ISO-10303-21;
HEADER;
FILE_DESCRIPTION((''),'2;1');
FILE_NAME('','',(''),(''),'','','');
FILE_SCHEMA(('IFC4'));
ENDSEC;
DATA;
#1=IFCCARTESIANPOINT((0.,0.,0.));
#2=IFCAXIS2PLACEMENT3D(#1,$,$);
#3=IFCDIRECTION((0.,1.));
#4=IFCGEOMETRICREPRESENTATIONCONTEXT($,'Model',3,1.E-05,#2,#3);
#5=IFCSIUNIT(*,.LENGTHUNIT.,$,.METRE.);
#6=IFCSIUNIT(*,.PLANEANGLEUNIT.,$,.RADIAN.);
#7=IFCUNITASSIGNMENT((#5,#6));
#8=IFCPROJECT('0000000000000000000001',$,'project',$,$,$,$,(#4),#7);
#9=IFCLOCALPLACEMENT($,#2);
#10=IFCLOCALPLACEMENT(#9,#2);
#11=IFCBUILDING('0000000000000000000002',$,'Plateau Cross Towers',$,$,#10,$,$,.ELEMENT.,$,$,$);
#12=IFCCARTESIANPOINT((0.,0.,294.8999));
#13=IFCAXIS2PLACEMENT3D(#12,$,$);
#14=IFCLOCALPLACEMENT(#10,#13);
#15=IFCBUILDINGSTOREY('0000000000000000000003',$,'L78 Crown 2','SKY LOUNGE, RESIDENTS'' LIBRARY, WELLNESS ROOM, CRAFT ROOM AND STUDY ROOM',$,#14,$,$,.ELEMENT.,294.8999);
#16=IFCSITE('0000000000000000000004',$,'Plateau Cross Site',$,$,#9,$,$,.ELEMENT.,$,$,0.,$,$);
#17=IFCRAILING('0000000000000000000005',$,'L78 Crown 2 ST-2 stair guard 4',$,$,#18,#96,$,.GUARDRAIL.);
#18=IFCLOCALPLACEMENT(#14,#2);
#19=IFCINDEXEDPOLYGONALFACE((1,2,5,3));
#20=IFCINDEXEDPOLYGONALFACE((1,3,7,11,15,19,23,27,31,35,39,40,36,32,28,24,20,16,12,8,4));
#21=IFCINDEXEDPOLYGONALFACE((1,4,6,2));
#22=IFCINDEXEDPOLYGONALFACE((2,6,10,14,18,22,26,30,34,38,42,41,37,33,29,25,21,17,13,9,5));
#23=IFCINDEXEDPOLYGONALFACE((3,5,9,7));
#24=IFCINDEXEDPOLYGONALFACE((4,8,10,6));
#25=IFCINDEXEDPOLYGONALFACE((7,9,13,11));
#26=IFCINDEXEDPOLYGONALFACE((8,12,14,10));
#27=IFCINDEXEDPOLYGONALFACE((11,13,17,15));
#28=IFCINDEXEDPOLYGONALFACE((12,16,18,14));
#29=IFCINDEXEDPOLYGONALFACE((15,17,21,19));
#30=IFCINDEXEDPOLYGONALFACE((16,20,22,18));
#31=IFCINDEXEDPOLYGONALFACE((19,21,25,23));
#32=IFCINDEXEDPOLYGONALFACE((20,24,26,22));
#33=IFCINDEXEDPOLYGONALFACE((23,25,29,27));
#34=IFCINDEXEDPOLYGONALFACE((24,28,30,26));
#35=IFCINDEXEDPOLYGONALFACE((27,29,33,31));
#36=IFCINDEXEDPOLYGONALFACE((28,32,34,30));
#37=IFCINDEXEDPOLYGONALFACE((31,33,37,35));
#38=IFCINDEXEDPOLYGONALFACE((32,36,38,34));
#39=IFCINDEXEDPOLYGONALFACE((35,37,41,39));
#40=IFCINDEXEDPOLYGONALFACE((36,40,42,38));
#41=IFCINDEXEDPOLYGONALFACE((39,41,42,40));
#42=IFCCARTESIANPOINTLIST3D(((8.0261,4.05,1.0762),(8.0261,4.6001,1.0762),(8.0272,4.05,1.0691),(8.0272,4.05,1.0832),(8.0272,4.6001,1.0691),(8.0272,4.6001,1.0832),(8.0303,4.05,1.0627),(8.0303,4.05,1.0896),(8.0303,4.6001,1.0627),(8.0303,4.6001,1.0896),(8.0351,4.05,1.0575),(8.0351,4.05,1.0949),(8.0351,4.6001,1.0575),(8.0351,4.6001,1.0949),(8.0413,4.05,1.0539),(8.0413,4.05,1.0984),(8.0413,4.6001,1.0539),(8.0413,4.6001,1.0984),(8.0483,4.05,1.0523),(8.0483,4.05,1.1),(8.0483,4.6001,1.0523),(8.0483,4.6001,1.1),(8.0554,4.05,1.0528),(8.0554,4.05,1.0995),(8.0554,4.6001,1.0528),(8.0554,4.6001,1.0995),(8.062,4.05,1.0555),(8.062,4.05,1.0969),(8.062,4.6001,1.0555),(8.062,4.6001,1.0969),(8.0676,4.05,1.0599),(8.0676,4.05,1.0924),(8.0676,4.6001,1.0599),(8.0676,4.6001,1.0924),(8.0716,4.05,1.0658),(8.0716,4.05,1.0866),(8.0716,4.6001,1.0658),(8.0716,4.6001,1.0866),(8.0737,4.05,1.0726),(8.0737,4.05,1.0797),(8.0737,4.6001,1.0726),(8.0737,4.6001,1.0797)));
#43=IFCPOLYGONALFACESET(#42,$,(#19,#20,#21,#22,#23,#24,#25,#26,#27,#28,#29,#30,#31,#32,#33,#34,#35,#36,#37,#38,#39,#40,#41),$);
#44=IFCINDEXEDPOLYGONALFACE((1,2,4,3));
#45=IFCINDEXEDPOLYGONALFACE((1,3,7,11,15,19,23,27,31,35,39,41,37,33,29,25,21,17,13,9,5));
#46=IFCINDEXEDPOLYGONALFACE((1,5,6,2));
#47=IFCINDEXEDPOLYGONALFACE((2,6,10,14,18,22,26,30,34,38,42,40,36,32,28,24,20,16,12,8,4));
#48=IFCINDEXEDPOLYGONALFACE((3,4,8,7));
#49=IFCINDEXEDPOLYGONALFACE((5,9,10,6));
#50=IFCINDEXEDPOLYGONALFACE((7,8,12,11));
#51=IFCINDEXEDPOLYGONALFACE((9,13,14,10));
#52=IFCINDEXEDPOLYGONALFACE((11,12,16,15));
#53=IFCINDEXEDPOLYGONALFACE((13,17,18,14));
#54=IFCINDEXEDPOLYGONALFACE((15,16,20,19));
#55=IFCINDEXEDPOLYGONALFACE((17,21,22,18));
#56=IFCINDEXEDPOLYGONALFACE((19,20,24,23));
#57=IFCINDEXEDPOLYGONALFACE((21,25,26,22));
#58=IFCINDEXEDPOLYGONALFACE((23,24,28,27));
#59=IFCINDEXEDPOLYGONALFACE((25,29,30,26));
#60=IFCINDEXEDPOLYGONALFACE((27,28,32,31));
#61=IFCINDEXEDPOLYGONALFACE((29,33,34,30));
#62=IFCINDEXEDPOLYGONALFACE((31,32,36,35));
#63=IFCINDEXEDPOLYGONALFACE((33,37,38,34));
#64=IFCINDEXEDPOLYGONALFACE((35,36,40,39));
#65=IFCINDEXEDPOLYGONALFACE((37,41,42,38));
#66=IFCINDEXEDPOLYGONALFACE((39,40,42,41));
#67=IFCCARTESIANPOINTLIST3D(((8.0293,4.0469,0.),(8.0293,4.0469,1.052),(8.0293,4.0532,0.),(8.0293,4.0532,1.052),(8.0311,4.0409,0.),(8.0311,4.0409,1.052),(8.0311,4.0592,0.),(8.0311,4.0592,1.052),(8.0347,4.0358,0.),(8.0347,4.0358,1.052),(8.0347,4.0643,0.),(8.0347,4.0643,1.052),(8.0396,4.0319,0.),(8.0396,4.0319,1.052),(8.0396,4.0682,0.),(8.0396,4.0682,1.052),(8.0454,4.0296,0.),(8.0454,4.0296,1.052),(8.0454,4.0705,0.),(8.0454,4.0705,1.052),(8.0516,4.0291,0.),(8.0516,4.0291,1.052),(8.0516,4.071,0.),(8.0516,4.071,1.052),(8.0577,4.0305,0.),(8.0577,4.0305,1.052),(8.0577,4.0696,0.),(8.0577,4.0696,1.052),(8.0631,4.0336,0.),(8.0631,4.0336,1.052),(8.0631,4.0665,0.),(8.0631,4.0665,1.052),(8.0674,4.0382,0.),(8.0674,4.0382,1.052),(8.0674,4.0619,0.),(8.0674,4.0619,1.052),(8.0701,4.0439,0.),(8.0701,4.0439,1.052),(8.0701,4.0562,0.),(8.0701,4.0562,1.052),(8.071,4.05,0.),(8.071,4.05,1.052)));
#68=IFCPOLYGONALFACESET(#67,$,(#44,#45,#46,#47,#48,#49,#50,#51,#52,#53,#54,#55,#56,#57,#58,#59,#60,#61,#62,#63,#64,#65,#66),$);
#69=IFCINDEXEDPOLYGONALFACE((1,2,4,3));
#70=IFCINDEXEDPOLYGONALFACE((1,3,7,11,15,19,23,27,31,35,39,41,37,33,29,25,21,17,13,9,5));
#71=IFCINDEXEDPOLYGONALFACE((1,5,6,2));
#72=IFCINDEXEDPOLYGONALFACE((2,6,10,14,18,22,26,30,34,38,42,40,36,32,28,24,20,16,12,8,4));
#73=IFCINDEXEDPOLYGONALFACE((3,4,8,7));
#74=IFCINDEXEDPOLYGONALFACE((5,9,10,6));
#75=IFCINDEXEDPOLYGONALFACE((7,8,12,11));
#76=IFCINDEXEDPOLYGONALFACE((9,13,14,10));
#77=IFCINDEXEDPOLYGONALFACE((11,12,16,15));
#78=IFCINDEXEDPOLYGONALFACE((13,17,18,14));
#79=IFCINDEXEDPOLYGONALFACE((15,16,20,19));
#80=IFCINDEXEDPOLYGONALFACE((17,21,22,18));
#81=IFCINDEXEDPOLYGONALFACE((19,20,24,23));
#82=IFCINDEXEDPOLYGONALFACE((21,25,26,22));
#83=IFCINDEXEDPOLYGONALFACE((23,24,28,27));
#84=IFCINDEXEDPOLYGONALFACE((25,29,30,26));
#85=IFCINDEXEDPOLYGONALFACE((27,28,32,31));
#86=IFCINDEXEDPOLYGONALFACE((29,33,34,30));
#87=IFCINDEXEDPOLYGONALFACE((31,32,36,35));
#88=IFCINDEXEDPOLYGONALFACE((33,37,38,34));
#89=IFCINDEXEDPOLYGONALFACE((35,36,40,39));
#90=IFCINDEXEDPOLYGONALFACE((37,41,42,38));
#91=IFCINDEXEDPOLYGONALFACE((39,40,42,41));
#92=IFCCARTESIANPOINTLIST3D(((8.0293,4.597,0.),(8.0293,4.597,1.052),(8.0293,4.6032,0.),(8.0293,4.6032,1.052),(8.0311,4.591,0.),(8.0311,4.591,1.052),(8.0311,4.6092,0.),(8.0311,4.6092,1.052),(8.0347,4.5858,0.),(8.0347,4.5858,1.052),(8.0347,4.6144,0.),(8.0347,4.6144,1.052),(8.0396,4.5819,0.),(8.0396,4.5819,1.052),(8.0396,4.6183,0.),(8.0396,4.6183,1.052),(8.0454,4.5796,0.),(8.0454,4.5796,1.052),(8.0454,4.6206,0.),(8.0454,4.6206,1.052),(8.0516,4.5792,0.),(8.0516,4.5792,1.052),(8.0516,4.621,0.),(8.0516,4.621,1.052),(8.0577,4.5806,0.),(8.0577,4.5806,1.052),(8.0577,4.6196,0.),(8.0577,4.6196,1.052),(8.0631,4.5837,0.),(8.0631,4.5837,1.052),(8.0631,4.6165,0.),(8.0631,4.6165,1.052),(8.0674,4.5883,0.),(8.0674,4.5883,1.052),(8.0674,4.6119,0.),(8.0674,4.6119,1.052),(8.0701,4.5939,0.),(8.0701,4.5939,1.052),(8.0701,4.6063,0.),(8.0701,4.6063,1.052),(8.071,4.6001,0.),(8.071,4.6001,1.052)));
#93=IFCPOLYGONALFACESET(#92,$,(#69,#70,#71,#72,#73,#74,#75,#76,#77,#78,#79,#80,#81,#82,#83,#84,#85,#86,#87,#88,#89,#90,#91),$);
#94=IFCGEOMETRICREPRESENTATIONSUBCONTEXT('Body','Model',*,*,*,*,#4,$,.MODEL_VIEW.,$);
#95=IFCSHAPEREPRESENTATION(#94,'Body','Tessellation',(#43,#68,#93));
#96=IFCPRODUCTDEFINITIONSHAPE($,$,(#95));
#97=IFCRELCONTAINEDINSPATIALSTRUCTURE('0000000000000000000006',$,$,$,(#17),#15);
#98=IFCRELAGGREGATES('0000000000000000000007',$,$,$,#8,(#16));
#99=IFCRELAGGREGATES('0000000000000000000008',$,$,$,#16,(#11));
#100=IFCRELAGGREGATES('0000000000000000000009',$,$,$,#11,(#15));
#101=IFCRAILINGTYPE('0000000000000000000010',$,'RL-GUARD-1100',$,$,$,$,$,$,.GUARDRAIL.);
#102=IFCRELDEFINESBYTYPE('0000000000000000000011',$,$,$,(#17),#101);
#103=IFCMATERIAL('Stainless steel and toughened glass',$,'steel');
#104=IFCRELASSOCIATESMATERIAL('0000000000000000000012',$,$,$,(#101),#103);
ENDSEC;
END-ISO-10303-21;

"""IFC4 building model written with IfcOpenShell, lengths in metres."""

from ifc_helpers import new_model, si_unit, direction, frame, origin, origin_2d, place, context, subcontext, project, spatial, circle, extrude, material, type_object, element, save


model = new_model("IFC4")

# Units and contexts
model_context = context("Model", 3, precision=1e-05, world=origin(), true_north=direction((0.0, 1.0)))
body_context = subcontext(model_context, "Body", "Model", "MODEL_VIEW")
ifc_project = project(units=[si_unit("LENGTHUNIT", "METRE"), si_unit("PLANEANGLEUNIT", "RADIAN")], contexts=[model_context])

# Site, building, storey
site_placement = place(None, origin())
site = spatial("IfcSite", under=ifc_project, at=site_placement, Name="Plateau Cross Site", CompositionType="ELEMENT", RefElevation=0.0)
building_placement = place(site_placement, origin())
building = spatial("IfcBuilding", under=site, at=building_placement, Name="Plateau Cross Towers", CompositionType="ELEMENT")
storey_placement = place(building_placement, frame((0.0, 0.0, 294.8999)))
storey = spatial("IfcBuildingStorey", under=building, at=storey_placement, Name="L78 Crown 2", Description="SKY LOUNGE, RESIDENTS' LIBRARY, WELLNESS ROOM, CRAFT ROOM AND STUDY ROOM", CompositionType="ELEMENT", Elevation=294.8999)

# Railing
ifc_material_1 = material(Name="Stainless steel and toughened glass", Category="steel")
railing_type_1 = type_object("IfcRailingType", Name="RL-GUARD-1100", PredefinedType="GUARDRAIL", material=ifc_material_1)
railing_1_placement = place(storey_placement, frame((8.05, 4.05, 0.0)))
element("IfcRailing", 1, at=railing_1_placement, inside=storey, type_object=railing_type_1, Name="L78 Crown 2 ST-2 stair guard 4", PredefinedType="GUARDRAIL", context=body_context, shape_type="SweptSolid", body=[
    extrude(circle(Radius=0.0239, at=origin_2d()), frame((0.0, 0.0, 1.0762), z_axis=(0.0, 1.0, 0.0), x_axis=(-1.0, 0.0, 0.0)), (0.0, 0.0, 1.0), 0.55),
    extrude(circle(Radius=0.021, at=origin_2d()), origin(), (0.0, 0.0, 1.0), 1.052),
    extrude(circle(Radius=0.021, at=origin_2d()), frame((0.0, 0.55, 0.0)), (0.0, 0.0, 1.0), 1.052),
])

save(model, "model.ifc")
